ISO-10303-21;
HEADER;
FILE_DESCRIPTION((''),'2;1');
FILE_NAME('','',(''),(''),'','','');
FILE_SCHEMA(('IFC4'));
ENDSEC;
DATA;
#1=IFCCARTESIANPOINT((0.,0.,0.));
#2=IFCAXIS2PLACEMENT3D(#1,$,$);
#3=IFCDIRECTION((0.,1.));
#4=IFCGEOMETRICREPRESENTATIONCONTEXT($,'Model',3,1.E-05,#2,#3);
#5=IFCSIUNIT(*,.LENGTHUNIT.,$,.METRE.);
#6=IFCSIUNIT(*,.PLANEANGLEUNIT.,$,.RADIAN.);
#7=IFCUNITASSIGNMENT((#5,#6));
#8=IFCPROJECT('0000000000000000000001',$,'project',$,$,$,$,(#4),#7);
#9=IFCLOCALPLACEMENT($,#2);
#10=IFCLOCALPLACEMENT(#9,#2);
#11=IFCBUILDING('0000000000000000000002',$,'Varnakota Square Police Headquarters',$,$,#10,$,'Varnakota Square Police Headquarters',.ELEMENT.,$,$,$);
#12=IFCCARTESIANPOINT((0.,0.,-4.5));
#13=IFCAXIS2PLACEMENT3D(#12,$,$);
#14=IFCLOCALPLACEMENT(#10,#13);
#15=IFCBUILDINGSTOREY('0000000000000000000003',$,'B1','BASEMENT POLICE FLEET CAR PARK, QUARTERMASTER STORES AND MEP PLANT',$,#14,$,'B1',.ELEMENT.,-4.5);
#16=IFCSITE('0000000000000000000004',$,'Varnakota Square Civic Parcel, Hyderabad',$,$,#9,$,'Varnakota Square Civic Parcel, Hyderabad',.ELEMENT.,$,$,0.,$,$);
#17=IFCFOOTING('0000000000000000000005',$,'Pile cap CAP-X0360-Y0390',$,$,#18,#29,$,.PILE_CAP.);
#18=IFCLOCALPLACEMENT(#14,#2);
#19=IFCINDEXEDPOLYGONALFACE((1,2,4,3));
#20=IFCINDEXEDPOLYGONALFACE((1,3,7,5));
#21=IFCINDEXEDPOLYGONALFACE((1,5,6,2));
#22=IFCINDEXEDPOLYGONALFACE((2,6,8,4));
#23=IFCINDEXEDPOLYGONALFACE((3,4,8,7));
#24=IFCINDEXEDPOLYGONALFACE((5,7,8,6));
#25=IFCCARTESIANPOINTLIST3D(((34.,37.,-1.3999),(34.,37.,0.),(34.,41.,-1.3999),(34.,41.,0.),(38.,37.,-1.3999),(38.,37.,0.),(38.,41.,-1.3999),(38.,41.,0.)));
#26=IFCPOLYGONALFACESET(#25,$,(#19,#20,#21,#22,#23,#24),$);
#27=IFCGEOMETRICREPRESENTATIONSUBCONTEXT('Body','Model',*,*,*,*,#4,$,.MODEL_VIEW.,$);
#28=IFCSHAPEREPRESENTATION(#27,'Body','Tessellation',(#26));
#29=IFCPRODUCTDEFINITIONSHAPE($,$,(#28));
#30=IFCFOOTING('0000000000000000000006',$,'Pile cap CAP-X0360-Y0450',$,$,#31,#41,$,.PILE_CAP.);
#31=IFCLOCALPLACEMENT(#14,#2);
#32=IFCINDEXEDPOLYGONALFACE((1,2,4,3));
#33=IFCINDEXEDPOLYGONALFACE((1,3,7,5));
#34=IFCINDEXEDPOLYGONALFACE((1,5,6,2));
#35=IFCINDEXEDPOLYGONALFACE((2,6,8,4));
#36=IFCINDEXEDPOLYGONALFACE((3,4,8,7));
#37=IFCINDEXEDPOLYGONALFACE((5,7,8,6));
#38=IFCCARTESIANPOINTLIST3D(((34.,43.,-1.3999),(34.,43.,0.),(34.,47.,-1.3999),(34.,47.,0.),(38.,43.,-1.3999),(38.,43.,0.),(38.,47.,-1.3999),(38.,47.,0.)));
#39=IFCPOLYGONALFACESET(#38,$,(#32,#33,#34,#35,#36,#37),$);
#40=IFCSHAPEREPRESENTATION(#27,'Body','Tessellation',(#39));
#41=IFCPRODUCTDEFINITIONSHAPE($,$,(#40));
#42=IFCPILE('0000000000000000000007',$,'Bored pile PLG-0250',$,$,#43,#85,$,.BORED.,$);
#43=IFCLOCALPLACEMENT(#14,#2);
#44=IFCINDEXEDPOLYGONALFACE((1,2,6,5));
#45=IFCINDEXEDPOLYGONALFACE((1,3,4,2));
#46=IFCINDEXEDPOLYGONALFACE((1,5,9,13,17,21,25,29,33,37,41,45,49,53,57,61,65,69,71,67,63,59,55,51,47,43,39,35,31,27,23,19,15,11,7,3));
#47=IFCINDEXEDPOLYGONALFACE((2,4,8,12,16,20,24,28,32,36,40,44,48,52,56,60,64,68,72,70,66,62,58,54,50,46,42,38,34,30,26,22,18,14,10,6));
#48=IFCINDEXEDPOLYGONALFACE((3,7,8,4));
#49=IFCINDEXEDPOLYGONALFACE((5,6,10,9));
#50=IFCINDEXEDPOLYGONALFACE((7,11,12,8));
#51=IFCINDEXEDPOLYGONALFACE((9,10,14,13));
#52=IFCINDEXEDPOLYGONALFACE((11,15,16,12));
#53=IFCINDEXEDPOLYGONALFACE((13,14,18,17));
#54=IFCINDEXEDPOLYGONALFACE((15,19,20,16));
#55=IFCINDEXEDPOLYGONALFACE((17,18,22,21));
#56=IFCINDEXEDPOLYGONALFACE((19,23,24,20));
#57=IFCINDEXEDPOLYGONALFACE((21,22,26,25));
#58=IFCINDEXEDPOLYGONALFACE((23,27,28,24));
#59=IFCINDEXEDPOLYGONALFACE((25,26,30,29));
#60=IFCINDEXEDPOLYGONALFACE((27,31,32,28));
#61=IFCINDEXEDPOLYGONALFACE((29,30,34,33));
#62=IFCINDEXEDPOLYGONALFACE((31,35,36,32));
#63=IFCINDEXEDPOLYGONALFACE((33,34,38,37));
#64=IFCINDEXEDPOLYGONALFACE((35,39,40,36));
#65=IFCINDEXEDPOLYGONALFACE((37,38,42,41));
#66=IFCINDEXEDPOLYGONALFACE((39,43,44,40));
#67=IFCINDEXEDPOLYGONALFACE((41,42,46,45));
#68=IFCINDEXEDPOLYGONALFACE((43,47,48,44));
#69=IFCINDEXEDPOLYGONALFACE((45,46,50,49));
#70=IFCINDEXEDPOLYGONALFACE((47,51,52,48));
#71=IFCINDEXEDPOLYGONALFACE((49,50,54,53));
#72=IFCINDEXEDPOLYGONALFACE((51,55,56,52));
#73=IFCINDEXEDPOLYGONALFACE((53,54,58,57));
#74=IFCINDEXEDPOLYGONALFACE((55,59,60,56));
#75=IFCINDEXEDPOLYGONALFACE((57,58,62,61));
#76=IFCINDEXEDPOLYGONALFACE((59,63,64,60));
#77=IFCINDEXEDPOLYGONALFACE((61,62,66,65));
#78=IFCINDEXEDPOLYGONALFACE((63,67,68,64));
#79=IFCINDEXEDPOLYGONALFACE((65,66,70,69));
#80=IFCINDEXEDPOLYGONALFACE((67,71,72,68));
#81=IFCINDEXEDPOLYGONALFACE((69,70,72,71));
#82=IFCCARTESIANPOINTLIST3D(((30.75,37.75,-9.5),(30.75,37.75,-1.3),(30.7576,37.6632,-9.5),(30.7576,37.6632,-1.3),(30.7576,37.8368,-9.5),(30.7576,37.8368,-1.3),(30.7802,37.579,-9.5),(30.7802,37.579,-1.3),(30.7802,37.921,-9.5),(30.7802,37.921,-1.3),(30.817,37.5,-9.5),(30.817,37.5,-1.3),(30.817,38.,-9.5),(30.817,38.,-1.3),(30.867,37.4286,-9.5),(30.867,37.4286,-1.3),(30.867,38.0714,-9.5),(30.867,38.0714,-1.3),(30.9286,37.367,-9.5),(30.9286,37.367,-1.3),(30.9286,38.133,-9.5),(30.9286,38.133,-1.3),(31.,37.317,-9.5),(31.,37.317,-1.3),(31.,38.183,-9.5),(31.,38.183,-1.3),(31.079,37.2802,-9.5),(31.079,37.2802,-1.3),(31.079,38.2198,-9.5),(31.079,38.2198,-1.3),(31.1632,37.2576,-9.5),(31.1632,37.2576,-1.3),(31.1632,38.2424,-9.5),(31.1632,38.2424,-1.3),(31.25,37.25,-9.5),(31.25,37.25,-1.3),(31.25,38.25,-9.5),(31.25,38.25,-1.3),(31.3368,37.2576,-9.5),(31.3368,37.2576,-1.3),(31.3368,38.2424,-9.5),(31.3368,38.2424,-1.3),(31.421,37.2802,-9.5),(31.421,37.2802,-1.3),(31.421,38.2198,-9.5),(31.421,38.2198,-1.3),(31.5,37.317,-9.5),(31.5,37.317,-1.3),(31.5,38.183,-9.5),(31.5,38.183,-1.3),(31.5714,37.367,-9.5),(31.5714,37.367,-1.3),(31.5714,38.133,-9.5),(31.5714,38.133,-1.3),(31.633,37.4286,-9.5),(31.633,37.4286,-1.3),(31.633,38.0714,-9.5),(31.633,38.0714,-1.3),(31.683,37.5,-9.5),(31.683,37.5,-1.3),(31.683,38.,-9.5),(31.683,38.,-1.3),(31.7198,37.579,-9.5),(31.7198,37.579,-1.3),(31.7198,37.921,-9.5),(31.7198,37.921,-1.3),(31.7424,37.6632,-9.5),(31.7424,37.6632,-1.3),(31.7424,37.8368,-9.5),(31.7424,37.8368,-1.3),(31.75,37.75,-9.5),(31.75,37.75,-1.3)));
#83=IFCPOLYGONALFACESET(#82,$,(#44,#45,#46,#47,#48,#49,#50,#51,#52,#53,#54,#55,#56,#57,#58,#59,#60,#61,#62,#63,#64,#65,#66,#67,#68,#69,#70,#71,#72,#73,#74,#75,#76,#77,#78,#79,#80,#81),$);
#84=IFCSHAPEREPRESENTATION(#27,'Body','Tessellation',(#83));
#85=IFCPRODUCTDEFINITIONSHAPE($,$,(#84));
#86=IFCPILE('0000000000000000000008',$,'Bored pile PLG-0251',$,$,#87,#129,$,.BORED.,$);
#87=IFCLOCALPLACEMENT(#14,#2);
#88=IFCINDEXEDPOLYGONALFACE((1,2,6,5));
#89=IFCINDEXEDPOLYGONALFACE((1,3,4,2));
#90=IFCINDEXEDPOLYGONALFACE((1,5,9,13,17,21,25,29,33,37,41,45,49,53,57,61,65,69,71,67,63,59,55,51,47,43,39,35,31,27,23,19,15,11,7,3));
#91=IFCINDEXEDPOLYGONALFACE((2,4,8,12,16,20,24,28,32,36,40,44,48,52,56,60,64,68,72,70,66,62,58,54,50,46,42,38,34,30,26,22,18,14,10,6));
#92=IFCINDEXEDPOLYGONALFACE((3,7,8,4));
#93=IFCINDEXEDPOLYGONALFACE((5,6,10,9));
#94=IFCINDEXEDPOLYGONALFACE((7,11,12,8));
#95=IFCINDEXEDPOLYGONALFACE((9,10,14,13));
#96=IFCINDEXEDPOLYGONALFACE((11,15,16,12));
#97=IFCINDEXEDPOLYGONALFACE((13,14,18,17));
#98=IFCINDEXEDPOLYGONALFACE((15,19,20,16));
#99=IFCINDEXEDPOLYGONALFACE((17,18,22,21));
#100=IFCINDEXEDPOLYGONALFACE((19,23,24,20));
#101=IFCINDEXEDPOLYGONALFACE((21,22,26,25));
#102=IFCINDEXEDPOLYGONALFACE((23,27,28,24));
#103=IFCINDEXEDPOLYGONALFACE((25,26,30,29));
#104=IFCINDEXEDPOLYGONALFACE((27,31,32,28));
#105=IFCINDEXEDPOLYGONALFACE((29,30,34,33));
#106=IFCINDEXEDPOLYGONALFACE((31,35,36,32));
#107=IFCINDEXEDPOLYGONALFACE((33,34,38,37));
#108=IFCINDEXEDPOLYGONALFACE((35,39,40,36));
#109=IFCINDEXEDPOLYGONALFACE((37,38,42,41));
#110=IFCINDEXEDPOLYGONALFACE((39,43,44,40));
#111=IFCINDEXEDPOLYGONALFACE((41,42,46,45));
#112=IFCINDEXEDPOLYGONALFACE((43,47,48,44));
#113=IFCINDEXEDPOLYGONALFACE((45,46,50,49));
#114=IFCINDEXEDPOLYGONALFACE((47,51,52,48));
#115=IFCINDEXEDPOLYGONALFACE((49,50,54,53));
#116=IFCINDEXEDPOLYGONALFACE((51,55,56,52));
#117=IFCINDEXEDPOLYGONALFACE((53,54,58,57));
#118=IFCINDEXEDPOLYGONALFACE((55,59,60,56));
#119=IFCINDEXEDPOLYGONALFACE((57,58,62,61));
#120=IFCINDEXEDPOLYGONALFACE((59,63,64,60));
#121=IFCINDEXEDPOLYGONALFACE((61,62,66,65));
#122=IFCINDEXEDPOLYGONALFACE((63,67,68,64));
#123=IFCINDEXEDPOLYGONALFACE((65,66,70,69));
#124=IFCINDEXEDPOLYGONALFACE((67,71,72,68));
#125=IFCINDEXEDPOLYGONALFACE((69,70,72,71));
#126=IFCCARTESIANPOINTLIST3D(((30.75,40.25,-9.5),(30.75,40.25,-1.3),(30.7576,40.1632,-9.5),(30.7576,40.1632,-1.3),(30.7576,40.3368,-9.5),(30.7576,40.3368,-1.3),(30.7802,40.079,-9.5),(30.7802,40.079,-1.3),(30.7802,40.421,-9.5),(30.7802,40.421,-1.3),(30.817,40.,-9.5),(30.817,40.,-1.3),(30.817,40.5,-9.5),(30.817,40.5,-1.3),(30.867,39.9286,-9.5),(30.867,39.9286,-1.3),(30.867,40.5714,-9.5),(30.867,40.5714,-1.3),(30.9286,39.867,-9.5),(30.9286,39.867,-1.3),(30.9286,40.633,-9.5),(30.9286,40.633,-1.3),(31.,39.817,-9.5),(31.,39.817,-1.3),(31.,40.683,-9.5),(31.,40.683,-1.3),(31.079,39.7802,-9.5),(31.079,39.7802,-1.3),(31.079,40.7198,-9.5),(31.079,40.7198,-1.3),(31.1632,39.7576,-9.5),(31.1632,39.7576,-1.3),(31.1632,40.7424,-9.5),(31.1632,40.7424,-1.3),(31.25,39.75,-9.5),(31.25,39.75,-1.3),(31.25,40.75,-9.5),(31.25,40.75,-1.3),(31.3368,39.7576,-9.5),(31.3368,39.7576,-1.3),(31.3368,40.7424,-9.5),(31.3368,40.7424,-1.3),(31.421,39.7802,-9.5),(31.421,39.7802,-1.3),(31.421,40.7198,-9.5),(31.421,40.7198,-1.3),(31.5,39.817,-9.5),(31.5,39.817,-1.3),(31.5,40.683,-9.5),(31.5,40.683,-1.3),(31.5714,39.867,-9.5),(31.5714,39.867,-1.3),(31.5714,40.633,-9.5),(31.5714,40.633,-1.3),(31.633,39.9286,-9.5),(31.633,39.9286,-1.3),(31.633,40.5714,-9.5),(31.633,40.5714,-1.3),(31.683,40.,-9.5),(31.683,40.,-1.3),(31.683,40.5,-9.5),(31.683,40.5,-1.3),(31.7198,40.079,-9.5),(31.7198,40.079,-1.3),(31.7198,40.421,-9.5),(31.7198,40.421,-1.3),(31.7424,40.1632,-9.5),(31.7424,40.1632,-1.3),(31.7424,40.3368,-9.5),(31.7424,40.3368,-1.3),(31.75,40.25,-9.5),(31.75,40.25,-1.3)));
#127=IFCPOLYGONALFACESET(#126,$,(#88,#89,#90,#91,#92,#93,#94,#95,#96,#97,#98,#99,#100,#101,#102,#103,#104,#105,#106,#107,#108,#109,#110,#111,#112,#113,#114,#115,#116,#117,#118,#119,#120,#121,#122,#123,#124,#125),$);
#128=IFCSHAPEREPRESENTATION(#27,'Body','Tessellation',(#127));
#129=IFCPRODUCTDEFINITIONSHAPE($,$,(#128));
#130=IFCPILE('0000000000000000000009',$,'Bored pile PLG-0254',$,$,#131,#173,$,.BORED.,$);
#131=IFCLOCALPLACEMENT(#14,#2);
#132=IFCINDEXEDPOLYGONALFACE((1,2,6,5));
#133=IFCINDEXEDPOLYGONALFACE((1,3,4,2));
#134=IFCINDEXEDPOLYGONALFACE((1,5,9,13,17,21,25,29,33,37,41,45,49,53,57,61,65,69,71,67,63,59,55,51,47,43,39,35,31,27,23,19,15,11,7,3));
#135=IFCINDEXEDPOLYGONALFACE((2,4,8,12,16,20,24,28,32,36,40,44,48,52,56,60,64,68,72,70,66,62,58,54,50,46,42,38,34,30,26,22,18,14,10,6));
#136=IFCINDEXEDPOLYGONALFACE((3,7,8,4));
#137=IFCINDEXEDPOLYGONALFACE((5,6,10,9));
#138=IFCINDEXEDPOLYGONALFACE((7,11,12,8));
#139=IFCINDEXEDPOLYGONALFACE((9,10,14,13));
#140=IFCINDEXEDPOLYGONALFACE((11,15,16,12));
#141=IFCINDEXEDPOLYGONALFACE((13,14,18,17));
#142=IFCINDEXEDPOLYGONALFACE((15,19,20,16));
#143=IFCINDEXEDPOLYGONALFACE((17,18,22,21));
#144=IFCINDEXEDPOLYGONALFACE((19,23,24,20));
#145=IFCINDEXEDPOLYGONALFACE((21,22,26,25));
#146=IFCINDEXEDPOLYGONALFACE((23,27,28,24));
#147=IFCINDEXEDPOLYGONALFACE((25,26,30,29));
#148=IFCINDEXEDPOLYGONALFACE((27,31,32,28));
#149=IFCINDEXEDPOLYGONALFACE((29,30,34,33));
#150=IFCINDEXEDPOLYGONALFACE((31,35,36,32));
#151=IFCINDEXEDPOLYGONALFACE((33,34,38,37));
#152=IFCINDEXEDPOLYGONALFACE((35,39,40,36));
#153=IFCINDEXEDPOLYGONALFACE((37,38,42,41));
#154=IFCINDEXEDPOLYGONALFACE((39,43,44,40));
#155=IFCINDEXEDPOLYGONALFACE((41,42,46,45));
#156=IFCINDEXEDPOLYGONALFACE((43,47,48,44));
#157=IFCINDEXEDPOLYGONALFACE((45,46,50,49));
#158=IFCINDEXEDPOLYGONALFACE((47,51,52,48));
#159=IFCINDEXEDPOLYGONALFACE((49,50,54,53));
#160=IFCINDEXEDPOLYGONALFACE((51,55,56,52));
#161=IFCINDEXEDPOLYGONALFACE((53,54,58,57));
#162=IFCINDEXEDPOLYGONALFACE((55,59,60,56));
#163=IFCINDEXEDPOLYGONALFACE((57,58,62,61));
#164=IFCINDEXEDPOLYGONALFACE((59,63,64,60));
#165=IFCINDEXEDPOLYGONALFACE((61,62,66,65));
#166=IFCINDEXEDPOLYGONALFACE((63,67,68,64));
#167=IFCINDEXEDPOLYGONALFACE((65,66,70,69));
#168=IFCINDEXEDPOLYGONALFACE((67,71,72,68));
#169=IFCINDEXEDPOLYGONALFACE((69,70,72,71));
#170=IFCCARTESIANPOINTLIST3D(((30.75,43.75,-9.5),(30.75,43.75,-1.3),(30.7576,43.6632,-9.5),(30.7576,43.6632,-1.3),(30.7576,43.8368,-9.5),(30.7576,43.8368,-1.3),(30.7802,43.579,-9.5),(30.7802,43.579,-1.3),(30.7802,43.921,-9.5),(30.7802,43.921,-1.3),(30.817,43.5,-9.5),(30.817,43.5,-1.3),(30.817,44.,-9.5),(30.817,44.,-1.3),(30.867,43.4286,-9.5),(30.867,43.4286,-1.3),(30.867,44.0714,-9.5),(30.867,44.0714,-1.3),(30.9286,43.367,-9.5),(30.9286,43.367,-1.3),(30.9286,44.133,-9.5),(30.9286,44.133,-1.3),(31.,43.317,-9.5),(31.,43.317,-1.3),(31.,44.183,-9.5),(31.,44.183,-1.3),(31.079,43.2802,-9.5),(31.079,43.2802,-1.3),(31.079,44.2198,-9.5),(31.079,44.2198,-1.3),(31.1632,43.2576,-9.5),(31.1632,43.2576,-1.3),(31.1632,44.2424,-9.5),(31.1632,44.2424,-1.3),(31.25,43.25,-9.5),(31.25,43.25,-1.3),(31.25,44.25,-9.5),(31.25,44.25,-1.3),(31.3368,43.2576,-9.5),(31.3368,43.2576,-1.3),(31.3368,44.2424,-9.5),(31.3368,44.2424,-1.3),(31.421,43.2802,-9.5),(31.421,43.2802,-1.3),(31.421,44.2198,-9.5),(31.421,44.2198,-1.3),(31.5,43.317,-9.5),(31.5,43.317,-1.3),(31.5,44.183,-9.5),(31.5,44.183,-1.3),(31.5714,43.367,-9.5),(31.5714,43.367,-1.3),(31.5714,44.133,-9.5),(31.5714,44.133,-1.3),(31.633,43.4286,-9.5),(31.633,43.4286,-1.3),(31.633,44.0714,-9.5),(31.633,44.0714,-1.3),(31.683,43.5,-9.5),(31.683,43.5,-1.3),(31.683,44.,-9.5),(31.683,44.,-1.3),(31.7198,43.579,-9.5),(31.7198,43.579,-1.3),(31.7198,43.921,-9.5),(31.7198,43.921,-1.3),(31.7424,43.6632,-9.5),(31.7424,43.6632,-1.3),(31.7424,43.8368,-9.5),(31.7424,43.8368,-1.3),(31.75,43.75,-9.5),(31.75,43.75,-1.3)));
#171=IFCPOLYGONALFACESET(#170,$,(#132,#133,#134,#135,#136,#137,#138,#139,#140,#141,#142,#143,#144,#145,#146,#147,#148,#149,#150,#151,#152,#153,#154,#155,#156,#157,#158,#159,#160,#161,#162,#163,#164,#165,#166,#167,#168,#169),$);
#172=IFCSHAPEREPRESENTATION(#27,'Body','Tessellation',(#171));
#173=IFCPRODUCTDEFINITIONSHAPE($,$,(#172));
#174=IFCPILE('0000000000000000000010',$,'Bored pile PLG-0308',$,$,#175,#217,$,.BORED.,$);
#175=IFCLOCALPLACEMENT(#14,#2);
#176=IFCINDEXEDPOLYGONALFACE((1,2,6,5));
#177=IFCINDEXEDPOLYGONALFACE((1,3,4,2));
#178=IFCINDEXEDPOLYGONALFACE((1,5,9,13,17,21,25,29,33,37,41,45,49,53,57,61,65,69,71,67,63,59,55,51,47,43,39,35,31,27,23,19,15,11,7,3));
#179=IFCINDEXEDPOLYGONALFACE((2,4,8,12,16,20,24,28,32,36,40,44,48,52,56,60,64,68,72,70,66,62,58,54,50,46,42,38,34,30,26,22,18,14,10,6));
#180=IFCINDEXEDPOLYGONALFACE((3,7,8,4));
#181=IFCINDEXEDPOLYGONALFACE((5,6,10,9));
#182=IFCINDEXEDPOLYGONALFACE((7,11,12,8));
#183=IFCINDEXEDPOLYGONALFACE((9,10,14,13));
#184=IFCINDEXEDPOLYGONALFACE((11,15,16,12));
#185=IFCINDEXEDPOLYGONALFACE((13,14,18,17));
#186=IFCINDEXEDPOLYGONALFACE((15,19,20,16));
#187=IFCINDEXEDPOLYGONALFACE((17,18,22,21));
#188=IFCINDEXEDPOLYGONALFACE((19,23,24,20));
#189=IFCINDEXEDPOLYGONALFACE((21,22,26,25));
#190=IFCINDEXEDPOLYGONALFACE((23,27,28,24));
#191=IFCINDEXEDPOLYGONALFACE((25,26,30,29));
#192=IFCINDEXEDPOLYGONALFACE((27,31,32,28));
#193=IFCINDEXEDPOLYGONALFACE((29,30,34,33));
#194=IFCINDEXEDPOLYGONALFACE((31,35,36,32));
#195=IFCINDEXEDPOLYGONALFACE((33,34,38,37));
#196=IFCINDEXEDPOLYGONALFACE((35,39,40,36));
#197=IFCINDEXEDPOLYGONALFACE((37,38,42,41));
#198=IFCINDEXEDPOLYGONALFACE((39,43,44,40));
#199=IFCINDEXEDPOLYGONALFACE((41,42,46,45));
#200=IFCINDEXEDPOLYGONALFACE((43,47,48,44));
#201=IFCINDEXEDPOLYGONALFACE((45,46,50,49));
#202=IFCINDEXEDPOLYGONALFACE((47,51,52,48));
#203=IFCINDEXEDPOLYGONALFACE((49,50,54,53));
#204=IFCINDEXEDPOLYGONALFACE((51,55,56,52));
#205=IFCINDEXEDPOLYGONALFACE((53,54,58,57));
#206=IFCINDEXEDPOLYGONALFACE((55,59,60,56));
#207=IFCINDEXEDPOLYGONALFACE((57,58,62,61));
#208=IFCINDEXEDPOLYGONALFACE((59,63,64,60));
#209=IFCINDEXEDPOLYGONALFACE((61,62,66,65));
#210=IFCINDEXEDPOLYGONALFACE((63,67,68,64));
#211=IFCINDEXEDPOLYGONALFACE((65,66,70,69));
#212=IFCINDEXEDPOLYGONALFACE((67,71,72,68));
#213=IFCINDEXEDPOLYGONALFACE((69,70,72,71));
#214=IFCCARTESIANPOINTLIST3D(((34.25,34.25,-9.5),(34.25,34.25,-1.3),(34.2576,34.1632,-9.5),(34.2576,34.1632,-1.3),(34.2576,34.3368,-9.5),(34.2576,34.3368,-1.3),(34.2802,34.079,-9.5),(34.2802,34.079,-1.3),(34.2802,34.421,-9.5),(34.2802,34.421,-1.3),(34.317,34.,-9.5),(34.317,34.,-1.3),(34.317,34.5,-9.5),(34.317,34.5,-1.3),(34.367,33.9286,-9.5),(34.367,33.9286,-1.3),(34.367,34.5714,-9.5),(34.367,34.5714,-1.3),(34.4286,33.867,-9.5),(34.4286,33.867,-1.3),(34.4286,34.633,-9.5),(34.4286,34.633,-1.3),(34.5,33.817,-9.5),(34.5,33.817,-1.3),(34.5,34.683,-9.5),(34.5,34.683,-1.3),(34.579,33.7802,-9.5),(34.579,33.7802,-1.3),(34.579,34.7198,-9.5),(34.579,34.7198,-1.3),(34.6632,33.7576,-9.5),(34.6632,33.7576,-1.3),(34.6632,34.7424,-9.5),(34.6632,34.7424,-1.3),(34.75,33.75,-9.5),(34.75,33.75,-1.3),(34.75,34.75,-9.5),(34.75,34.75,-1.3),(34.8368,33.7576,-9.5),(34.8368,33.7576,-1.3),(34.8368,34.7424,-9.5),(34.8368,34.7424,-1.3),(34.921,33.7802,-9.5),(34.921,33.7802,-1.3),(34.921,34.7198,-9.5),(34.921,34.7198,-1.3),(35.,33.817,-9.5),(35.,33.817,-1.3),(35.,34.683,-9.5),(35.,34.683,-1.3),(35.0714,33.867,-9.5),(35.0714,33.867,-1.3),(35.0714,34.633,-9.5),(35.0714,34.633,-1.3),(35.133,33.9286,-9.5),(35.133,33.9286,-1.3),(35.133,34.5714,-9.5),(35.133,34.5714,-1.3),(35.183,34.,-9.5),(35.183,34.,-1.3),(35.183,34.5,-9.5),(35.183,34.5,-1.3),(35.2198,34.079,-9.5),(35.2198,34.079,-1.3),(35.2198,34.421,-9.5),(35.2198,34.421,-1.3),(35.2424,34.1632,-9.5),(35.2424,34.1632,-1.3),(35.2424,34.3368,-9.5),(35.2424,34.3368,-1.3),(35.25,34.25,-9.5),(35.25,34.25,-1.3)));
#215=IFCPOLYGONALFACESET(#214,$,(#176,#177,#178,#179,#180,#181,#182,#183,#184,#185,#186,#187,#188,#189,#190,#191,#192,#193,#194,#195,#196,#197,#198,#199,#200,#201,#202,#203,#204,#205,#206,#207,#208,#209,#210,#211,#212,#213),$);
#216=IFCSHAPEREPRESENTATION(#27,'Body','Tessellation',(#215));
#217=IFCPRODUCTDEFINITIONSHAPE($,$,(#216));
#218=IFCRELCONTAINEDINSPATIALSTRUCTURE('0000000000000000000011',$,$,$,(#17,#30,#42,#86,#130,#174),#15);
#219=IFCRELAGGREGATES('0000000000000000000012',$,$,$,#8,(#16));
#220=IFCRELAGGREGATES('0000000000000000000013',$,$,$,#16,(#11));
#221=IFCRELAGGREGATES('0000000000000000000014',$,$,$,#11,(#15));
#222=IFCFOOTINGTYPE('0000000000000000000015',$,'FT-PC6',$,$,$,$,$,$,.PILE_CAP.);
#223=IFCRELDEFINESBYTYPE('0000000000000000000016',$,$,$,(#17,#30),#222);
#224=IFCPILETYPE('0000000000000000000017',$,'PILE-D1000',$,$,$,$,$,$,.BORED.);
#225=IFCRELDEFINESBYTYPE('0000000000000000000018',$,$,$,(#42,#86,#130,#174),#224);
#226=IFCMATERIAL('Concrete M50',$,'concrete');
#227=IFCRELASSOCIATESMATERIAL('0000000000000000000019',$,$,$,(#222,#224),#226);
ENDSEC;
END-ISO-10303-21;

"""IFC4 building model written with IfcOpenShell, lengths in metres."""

from ifc_helpers import new_model, si_unit, direction, frame, origin, origin_2d, place, context, subcontext, project, spatial, rectangle, circle, extrude, material, material_profile, profile_set, type_object, element, save


model = new_model("IFC4")

# Units and contexts
model_context = context("Model", 3, precision=1e-05, world=origin(), true_north=direction((0.0, 1.0)))
body_context = subcontext(model_context, "Body", "Model", "MODEL_VIEW")
ifc_project = project(units=[si_unit("LENGTHUNIT", "METRE"), si_unit("PLANEANGLEUNIT", "RADIAN")], contexts=[model_context])

# Site, building, storey
site_placement = place(None, origin())
site = spatial("IfcSite", under=ifc_project, at=site_placement, Name="Varnakota Square Civic Parcel, Hyderabad", LongName="Varnakota Square Civic Parcel, Hyderabad", CompositionType="ELEMENT", RefElevation=0.0)
building_placement = place(site_placement, origin())
building = spatial("IfcBuilding", under=site, at=building_placement, Name="Varnakota Square Police Headquarters", LongName="Varnakota Square Police Headquarters", CompositionType="ELEMENT")
storey_placement = place(building_placement, frame((0.0, 0.0, -4.5)))
storey = spatial("IfcBuildingStorey", under=building, at=storey_placement, Name="B1", Description="BASEMENT POLICE FLEET CAR PARK, QUARTERMASTER STORES AND MEP PLANT", LongName="B1", CompositionType="ELEMENT", Elevation=-4.5)

# Footings
ifc_material_1 = material(Name="Concrete M50", Category="concrete")
footing_type = type_object("IfcFootingType", Name="FT-PC6", PredefinedType="PILE_CAP", material=ifc_material_1)
for number, where, z_axis, x_axis, name in (
    (1, (36.0, 39.0, -1.3999), (0.0, 0.0, 1.0), (1.0, 0.0, 0.0), "Pile cap CAP-X0360-Y0390"),
    (2, (36.0, 45.0, -1.3999), (0.0, 0.0, 1.0), (1.0, 0.0, 0.0), "Pile cap CAP-X0360-Y0450"),
):
    element("IfcFooting", number, at=place(storey_placement, frame(where, z_axis=z_axis, x_axis=x_axis)), inside=storey, type_object=footing_type, Name=name, PredefinedType="PILE_CAP", context=body_context, shape_type="SweptSolid", body=[
        extrude(rectangle(XDim=4.0, YDim=4.0, at=origin_2d()), origin(), (0.0, 0.0, 1.0), 1.3999),
    ])

# Piles
ifc_material_profile_1 = material_profile(ifc_material_1, circle(Radius=0.5, at=origin_2d()), Name="BORED PILE 1000")
ifc_profile_set_1 = profile_set([ifc_material_profile_1], Name="Concrete M50")
pile_type = type_object("IfcPileType", Name="PILE-D1000", PredefinedType="BORED", material=ifc_profile_set_1)
for number, where, z_axis, x_axis, name in (
    (3, (31.25, 37.75, -1.3), (0.0, 0.0, -1.0), (1.0, 0.0, 0.0), "Bored pile PLG-0250"),
    (4, (31.25, 40.25, -1.3), (0.0, 0.0, -1.0), (1.0, 0.0, 0.0), "Bored pile PLG-0251"),
    (5, (31.25, 43.75, -1.3), (0.0, 0.0, -1.0), (1.0, 0.0, 0.0), "Bored pile PLG-0254"),
    (6, (34.75, 34.25, -1.3), (0.0, 0.0, -1.0), (1.0, 0.0, 0.0), "Bored pile PLG-0308"),
):
    element("IfcPile", number, at=place(storey_placement, frame(where, z_axis=z_axis, x_axis=x_axis)), inside=storey, type_object=pile_type, Name=name, PredefinedType="BORED", context=body_context, shape_type="SweptSolid", body=[
        extrude(circle(Radius=0.5, at=origin_2d()), origin(), (0.0, 0.0, 1.0), 8.2),
    ])

save(model, "model.ifc")
